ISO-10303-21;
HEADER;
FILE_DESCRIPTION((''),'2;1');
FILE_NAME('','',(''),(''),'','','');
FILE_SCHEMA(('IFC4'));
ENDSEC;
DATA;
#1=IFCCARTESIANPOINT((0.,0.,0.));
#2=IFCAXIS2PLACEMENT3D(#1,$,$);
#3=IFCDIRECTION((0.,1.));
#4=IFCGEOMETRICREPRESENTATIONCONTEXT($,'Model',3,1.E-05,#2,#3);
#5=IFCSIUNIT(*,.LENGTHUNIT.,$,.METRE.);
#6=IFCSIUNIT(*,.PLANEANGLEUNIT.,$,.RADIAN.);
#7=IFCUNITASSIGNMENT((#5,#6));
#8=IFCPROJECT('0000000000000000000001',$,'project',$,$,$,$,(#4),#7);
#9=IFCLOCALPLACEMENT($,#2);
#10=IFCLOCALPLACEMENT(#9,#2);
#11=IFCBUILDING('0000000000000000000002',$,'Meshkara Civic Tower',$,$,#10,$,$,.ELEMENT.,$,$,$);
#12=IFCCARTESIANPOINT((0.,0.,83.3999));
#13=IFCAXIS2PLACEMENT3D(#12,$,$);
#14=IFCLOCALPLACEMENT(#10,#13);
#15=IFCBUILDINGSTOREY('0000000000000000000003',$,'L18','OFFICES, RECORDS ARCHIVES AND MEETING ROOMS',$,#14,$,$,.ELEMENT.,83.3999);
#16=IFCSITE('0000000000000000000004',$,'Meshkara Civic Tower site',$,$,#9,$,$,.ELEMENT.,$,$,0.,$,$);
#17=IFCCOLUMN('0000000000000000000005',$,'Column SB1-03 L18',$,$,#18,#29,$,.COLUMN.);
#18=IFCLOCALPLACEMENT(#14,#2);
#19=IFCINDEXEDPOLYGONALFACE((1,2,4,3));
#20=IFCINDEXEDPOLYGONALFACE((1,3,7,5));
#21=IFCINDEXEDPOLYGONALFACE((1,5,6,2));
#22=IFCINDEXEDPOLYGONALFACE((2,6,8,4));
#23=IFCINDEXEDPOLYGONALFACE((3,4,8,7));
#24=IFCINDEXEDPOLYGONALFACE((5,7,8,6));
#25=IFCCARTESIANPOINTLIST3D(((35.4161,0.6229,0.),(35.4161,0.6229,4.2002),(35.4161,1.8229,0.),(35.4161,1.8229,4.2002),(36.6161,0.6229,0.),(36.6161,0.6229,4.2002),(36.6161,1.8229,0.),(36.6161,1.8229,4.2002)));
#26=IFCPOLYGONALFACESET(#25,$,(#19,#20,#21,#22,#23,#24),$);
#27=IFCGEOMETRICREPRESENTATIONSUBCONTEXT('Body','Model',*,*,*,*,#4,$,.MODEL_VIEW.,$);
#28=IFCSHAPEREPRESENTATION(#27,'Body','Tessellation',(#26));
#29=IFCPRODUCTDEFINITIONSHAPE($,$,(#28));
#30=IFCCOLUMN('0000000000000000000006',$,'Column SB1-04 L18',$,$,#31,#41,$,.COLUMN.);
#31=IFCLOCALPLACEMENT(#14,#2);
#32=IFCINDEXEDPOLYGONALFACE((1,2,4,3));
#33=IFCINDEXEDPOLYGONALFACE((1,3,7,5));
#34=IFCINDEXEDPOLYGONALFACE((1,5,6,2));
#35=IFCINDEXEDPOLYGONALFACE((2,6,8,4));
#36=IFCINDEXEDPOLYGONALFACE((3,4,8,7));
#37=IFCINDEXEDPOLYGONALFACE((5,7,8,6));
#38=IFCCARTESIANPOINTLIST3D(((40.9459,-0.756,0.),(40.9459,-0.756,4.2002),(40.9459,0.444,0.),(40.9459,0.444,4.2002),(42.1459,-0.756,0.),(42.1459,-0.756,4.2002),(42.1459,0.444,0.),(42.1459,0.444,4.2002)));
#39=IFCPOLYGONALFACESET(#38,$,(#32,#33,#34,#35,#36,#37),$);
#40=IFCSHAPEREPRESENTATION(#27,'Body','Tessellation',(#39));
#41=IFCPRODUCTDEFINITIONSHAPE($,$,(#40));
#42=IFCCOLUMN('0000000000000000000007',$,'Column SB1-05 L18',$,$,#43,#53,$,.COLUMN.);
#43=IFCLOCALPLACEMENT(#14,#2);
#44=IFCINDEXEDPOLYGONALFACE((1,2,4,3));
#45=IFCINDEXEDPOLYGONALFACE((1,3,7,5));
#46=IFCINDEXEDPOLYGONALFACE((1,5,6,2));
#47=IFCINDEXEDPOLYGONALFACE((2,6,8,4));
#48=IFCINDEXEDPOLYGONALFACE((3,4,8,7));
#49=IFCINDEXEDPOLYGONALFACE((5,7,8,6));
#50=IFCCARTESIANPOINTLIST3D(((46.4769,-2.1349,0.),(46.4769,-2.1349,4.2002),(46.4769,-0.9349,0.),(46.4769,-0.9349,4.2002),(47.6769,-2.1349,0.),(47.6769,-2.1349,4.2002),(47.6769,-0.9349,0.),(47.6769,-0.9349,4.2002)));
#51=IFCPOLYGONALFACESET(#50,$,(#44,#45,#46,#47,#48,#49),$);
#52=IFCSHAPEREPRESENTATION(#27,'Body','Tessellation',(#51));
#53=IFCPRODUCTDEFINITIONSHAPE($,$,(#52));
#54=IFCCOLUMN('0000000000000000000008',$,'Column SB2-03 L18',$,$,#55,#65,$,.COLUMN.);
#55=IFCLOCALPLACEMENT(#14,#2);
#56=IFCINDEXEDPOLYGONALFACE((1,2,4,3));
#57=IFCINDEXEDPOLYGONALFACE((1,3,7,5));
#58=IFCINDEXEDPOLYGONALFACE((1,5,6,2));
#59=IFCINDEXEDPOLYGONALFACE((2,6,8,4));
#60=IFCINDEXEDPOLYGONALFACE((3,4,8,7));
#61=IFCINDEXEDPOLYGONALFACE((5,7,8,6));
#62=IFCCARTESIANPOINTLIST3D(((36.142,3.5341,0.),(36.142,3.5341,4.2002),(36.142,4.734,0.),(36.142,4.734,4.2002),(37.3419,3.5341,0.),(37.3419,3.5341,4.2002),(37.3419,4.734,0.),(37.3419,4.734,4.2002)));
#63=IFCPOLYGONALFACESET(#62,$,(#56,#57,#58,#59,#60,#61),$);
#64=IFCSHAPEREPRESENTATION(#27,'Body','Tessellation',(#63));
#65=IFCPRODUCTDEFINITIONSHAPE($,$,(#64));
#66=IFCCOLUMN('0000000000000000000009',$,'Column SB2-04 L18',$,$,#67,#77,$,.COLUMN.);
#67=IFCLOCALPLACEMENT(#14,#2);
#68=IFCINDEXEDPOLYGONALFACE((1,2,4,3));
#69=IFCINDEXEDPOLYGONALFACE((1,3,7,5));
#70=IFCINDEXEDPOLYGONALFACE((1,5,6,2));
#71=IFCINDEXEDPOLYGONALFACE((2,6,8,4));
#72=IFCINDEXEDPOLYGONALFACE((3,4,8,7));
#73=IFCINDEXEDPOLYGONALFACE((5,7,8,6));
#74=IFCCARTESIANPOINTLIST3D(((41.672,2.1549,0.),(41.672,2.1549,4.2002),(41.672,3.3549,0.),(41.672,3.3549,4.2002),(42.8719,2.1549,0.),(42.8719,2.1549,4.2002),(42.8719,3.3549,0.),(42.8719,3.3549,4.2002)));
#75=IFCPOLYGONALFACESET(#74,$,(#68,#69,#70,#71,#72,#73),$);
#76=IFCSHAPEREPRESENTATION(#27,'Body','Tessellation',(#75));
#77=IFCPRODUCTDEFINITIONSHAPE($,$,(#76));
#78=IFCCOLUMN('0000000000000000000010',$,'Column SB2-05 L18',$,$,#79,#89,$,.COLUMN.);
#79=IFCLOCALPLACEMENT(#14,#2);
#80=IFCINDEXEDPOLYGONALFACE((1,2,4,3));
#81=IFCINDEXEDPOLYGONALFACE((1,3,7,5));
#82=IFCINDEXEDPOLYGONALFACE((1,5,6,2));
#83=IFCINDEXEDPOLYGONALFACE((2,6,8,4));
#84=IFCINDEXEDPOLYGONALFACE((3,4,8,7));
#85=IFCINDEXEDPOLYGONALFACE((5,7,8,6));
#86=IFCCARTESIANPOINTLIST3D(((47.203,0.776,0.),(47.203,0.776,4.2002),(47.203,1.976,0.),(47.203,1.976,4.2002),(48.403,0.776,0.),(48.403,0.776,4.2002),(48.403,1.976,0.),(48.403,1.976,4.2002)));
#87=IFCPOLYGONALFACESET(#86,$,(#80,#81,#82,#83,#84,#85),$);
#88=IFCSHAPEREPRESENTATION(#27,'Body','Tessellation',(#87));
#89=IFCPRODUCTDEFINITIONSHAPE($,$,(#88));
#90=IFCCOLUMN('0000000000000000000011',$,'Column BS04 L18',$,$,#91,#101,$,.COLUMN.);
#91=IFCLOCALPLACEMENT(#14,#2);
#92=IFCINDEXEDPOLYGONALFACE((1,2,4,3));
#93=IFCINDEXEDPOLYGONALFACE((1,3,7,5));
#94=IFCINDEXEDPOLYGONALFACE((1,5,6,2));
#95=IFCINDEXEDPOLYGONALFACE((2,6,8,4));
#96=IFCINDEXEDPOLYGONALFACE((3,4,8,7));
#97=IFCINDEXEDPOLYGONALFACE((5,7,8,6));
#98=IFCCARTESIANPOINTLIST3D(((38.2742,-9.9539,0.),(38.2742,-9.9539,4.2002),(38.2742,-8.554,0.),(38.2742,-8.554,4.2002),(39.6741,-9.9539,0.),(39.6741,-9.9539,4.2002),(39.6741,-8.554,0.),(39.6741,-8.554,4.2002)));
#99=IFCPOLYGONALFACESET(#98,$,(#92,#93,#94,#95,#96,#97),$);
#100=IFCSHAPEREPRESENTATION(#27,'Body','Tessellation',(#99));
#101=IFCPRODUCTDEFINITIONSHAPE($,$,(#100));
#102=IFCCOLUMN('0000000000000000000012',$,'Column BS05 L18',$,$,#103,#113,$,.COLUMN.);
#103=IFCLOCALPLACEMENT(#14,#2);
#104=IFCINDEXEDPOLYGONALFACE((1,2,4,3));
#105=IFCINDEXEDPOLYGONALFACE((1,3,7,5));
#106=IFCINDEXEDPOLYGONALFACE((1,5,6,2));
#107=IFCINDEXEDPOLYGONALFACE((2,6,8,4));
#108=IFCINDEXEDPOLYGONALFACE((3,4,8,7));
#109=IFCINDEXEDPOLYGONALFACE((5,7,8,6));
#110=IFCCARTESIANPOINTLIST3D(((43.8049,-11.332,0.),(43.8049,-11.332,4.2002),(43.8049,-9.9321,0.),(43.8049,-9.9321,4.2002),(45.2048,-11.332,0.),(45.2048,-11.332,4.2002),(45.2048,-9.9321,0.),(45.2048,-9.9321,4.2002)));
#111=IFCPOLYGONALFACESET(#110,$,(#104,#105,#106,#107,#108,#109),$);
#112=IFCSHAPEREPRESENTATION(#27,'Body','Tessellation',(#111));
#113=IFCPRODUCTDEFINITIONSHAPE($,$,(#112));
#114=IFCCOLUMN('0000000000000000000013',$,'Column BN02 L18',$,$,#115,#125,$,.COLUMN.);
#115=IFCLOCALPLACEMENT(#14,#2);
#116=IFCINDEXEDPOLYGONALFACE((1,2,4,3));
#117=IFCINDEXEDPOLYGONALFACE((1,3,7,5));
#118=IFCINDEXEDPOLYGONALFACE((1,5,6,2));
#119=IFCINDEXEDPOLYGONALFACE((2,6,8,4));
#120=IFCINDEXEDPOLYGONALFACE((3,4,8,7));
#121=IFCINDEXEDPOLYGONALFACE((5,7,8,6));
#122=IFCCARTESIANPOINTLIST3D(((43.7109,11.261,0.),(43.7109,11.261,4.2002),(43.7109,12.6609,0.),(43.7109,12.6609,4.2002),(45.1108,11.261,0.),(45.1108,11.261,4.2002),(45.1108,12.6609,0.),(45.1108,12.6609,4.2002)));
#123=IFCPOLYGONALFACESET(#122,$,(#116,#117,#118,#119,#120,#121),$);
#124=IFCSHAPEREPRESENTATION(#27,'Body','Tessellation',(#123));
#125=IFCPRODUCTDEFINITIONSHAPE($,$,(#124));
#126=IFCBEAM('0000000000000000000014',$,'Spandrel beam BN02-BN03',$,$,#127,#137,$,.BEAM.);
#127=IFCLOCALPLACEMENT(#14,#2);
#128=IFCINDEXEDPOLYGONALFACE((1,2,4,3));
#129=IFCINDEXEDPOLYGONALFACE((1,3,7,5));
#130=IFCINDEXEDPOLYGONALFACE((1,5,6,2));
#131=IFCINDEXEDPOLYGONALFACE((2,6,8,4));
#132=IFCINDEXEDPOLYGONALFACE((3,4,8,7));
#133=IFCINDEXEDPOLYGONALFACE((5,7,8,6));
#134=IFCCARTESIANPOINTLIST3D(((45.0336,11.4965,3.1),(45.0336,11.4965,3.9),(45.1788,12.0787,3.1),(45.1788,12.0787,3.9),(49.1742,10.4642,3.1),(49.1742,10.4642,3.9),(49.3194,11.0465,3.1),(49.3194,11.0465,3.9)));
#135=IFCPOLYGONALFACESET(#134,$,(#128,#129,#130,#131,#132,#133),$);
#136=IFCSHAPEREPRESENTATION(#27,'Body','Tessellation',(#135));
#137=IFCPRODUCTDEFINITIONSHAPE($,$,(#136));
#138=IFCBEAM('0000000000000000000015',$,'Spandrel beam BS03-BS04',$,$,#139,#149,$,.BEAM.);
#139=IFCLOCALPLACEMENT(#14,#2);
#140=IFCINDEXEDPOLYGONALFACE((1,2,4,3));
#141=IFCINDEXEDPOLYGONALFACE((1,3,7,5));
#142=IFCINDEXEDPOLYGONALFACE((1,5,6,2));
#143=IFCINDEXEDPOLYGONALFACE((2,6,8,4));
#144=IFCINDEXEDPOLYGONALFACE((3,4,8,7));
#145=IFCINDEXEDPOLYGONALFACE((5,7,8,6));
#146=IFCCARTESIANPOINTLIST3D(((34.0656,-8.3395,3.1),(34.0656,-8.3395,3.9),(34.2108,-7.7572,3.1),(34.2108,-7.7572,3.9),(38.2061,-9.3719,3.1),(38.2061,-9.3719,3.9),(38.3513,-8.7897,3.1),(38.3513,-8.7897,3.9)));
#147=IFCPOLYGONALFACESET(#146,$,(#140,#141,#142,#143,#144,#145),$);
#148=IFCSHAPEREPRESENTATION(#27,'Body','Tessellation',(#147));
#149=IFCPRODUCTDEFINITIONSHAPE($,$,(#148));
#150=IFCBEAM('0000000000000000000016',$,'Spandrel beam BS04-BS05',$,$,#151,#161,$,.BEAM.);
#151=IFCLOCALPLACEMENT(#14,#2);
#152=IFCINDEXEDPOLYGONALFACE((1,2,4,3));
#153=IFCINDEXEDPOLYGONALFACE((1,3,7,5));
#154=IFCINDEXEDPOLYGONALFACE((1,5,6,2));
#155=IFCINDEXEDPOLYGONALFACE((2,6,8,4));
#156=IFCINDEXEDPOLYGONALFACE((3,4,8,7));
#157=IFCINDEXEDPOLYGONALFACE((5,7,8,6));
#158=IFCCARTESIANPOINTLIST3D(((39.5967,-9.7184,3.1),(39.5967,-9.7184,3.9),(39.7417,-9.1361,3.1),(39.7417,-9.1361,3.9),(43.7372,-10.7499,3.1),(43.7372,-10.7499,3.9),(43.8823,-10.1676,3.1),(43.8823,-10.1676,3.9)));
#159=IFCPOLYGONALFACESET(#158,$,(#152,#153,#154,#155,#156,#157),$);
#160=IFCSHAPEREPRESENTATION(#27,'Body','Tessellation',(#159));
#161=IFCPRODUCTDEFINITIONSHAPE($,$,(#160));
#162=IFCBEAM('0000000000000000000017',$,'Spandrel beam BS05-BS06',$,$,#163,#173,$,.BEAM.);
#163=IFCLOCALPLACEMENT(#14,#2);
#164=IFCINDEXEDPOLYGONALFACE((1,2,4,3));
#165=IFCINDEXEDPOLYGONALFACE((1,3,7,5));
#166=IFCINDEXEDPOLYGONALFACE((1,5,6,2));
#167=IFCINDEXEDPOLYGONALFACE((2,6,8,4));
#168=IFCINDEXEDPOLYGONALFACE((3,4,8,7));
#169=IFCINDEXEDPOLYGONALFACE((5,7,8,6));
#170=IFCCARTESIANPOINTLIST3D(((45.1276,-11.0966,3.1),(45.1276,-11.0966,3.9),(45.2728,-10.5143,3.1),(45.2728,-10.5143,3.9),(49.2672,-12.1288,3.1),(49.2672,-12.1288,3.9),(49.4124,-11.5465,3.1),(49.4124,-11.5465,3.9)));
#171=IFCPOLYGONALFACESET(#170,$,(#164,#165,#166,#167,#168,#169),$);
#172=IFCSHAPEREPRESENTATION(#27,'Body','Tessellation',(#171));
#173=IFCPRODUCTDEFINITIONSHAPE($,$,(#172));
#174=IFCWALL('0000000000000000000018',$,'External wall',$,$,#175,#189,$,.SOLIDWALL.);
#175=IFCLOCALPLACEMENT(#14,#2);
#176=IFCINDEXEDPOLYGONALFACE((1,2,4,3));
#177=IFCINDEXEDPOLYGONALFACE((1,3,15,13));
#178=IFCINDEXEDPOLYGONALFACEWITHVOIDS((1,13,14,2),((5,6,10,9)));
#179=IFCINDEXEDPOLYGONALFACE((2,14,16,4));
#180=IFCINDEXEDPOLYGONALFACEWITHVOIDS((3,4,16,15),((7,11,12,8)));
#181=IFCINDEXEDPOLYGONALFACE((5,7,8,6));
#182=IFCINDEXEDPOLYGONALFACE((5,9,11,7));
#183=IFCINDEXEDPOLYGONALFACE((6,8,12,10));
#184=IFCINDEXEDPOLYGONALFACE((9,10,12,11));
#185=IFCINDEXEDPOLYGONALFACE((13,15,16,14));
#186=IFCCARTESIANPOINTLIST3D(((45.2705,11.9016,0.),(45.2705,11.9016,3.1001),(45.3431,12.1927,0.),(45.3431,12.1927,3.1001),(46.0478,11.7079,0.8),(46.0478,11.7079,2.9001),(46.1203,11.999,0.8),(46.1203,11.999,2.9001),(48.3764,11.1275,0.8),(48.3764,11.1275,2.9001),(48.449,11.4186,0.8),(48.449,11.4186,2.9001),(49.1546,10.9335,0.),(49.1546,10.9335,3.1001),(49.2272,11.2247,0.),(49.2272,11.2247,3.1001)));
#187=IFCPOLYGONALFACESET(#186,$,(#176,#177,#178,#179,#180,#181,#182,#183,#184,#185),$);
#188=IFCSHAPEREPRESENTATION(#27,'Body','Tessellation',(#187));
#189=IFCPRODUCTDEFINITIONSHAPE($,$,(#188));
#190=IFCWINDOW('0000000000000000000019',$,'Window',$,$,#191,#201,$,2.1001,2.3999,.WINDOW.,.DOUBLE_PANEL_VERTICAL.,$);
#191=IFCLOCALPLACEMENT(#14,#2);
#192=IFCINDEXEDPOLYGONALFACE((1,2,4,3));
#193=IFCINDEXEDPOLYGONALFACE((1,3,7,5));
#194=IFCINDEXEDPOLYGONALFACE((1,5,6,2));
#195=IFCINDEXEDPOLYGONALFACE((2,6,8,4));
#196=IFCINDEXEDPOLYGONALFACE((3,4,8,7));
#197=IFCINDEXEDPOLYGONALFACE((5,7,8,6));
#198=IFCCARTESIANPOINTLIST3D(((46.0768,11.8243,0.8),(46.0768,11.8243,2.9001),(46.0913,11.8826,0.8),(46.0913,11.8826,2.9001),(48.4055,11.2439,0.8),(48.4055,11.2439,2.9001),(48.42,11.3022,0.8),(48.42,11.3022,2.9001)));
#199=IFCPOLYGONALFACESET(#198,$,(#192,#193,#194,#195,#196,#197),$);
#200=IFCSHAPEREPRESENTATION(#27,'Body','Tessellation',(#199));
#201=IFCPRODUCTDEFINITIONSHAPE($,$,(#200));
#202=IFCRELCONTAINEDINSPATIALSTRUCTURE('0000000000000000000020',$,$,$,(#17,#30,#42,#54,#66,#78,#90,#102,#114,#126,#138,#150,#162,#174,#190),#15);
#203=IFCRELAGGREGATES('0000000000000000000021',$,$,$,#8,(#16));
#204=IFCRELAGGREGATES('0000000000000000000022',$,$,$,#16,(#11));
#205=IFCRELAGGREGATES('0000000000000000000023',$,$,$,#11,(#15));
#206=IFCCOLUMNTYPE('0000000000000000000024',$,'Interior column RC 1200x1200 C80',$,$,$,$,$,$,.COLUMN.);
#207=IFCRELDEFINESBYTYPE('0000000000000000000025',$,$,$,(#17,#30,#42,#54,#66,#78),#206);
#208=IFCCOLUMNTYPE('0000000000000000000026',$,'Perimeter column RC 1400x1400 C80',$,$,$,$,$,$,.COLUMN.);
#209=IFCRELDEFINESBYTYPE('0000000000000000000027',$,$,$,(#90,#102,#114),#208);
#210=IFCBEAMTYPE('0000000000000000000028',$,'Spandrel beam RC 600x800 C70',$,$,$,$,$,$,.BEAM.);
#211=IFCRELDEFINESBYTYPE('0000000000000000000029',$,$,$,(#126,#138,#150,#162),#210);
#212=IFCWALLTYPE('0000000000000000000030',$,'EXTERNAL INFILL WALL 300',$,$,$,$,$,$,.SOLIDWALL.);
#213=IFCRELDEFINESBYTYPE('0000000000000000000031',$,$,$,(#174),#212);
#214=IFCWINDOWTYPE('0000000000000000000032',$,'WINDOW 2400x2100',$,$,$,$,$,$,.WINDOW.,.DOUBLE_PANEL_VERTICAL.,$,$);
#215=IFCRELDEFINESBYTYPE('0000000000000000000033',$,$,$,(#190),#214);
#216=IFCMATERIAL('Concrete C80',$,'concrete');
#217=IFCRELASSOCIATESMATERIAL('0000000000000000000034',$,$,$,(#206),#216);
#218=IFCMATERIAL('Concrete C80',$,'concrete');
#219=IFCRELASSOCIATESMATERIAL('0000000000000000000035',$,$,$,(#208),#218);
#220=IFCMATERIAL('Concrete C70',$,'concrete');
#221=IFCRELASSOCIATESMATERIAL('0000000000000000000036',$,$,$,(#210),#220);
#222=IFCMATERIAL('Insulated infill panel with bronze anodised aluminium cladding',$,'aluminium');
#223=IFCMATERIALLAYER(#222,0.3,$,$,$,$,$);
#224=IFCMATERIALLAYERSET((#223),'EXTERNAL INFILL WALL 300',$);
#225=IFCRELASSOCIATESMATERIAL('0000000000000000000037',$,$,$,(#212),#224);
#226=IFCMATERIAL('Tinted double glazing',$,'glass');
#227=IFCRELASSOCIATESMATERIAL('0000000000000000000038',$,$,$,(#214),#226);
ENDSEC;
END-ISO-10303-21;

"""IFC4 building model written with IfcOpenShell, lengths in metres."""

from ifc_helpers import new_model, si_unit, direction, frame, frame_2d, origin, origin_2d, place, context, subcontext, project, spatial, rectangle, extrude, material, layer, layer_set, material_profile, profile_set, type_object, element, fill, save


model = new_model("IFC4")

# Units and contexts
model_context = context("Model", 3, precision=1e-05, world=origin(), true_north=direction((0.0, 1.0)))
body_context = subcontext(model_context, "Body", "Model", "MODEL_VIEW")
ifc_project = project(units=[si_unit("LENGTHUNIT", "METRE"), si_unit("PLANEANGLEUNIT", "RADIAN")], contexts=[model_context])

# Site, building, storey
site_placement = place(None, origin())
site = spatial("IfcSite", under=ifc_project, at=site_placement, Name="Meshkara Civic Tower site", CompositionType="ELEMENT", RefElevation=0.0)
building_placement = place(site_placement, origin())
building = spatial("IfcBuilding", under=site, at=building_placement, Name="Meshkara Civic Tower", CompositionType="ELEMENT")
storey_placement = place(building_placement, frame((0.0, 0.0, 83.3999)))
storey = spatial("IfcBuildingStorey", under=building, at=storey_placement, Name="L18", Description="OFFICES, RECORDS ARCHIVES AND MEETING ROOMS", CompositionType="ELEMENT", Elevation=83.3999)

# Columns
ifc_material_1 = material(Name="Concrete C80", Category="concrete")
ifc_material_profile_1 = material_profile(ifc_material_1, rectangle(XDim=1.2, YDim=1.2, at=origin_2d()))
ifc_profile_set_1 = profile_set([ifc_material_profile_1], Name="Concrete C80")
column_type_1 = type_object("IfcColumnType", Name="Interior column RC 1200x1200 C80", PredefinedType="COLUMN", material=ifc_profile_set_1)
for number, where, z_axis, x_axis, name in (
    (1, (36.0161, 1.2229, 0.0), (0.0, 0.0, 1.0), (1.0, 0.0, 0.0), "Column SB1-03 L18"),
    (2, (41.5459, -0.156, 0.0), (0.0, 0.0, 1.0), (1.0, 0.0, 0.0), "Column SB1-04 L18"),
    (3, (47.0769, -1.5349, 0.0), (0.0, 0.0, 1.0), (1.0, 0.0, 0.0), "Column SB1-05 L18"),
    (4, (36.7419, 4.134, 0.0), (0.0, 0.0, 1.0), (1.0, 0.0, 0.0), "Column SB2-03 L18"),
    (5, (42.272, 2.7549, 0.0), (0.0, 0.0, 1.0), (1.0, 0.0, 0.0), "Column SB2-04 L18"),
    (6, (47.803, 1.376, 0.0), (0.0, 0.0, 1.0), (1.0, 0.0, 0.0), "Column SB2-05 L18"),
):
    element("IfcColumn", number, at=place(storey_placement, frame(where, z_axis=z_axis, x_axis=x_axis)), inside=storey, type_object=column_type_1, Name=name, PredefinedType="COLUMN", context=body_context, shape_type="SweptSolid", body=[
        extrude(rectangle(XDim=1.2, YDim=1.2, at=origin_2d()), origin(), (0.0, 0.0, 1.0), 4.2002),
    ])
ifc_material_2 = material(Name="Concrete C80", Category="concrete")
ifc_material_profile_2 = material_profile(ifc_material_2, rectangle(XDim=1.3999, YDim=1.3999, at=origin_2d()))
ifc_profile_set_2 = profile_set([ifc_material_profile_2], Name="Concrete C80")
column_type_2 = type_object("IfcColumnType", Name="Perimeter column RC 1400x1400 C80", PredefinedType="COLUMN", material=ifc_profile_set_2)
for number, where, z_axis, x_axis, name in (
    (7, (38.9741, -9.2539, 0.0), (0.0, 0.0, 1.0), (1.0, 0.0, 0.0), "Column BS04 L18"),
    (8, (44.5049, -10.6321, 0.0), (0.0, 0.0, 1.0), (1.0, 0.0, 0.0), "Column BS05 L18"),
    (9, (44.4109, 11.9609, 0.0), (0.0, 0.0, 1.0), (1.0, 0.0, 0.0), "Column BN02 L18"),
):
    element("IfcColumn", number, at=place(storey_placement, frame(where, z_axis=z_axis, x_axis=x_axis)), inside=storey, type_object=column_type_2, Name=name, PredefinedType="COLUMN", context=body_context, shape_type="SweptSolid", body=[
        extrude(rectangle(XDim=1.3999, YDim=1.3999, at=origin_2d()), origin(), (0.0, 0.0, 1.0), 4.2002),
    ])

# Beams
ifc_material_3 = material(Name="Concrete C70", Category="concrete")
ifc_material_profile_3 = material_profile(ifc_material_3, rectangle(XDim=0.6001, YDim=0.8, at=origin_2d()))
ifc_profile_set_3 = profile_set([ifc_material_profile_3], Name="Concrete C70")
beam_type = type_object("IfcBeamType", Name="Spandrel beam RC 600x800 C70", PredefinedType="BEAM", material=ifc_profile_set_3)
for number, where, z_axis, x_axis, name in (
    (10, (49.2468, 10.7554, 3.5), (-0.970304, 0.241889, 0.0), (-0.241889, -0.970304, 0.0), "Spandrel beam BN02-BN03"),
    (11, (34.1382, -8.0483, 3.5), (0.97029, -0.241943, 0.0), (0.241943, 0.97029, 0.0), "Spandrel beam BS03-BS04"),
):
    element("IfcBeam", number, at=place(storey_placement, frame(where, z_axis=z_axis, x_axis=x_axis)), inside=storey, type_object=beam_type, Name=name, PredefinedType="BEAM", context=body_context, shape_type="SweptSolid", body=[
        extrude(rectangle(XDim=0.6001, YDim=0.8, at=origin_2d()), origin(), (0.0, 0.0, 1.0), 4.2673),
    ])
beam_1_placement = place(storey_placement, frame((39.6692, -9.4272, 3.5), z_axis=(0.970344, -0.241728, 0.0), x_axis=(0.241728, 0.970344, 0.0)))
element("IfcBeam", 12, at=beam_1_placement, inside=storey, type_object=beam_type, Name="Spandrel beam BS04-BS05", PredefinedType="BEAM", context=body_context, shape_type="SweptSolid", body=[
    extrude(rectangle(XDim=0.6001, YDim=0.8, at=origin_2d()), origin(), (0.0, 0.0, 1.0), 4.2671),
])
beam_2_placement = place(storey_placement, frame((45.2002, -10.8054, 3.5), z_axis=(0.97029, -0.241943, 0.0), x_axis=(0.241943, 0.97029, 0.0)))
element("IfcBeam", 13, at=beam_2_placement, inside=storey, type_object=beam_type, Name="Spandrel beam BS05-BS06", PredefinedType="BEAM", context=body_context, shape_type="SweptSolid", body=[
    extrude(rectangle(XDim=0.6001, YDim=0.8, at=origin_2d()), origin(), (0.0, 0.0, 1.0), 4.2664),
])

# Wall, opening, window
ifc_material_4 = material(Name="Insulated infill panel with bronze anodised aluminium cladding", Category="aluminium")
ifc_layer_1 = layer(ifc_material_4, 0.3)
ifc_layer_set_1 = layer_set([ifc_layer_1], Name="EXTERNAL INFILL WALL 300")
wall_type_1 = type_object("IfcWallType", Name="EXTERNAL INFILL WALL 300", PredefinedType="SOLIDWALL", material=ifc_layer_set_1)
wall_1_placement = place(storey_placement, frame((49.1909, 11.0791, 0.0), z_axis=(0.0, 0.0, 1.0), x_axis=(-0.970318, 0.241832, 0.0)))
wall_1 = element("IfcWall", 14, at=wall_1_placement, inside=storey, type_object=wall_type_1, Name="External wall", PredefinedType="SOLIDWALL", context=body_context, shape_type="SweptSolid", body=[
    extrude(rectangle(XDim=4.0029, YDim=0.3, at=frame_2d((2.0015, 0.0))), origin(), (0.0, 0.0, 1.0), 3.1001),
])
opening_1_placement = place(wall_1_placement, frame((0.802, 0.0, 0.8)))
opening_1 = element("IfcOpeningElement", 15, at=opening_1_placement, cuts=wall_1, PredefinedType="OPENING", context=body_context, shape_type="SweptSolid", body=[
    extrude(rectangle(XDim=2.3999, YDim=2.1001, at=frame_2d((1.2, 1.05))), frame((0.0, 0.1599, 0.0), z_axis=(0.0, -1.0, 0.0), x_axis=(1.0, 0.0, 0.0)), (0.0, 0.0, 1.0), 0.3201),
])
ifc_material_5 = material(Name="Tinted double glazing", Category="glass")
window_type = type_object("IfcWindowType", Name="WINDOW 2400x2100", PartitioningType="DOUBLE_PANEL_VERTICAL", PredefinedType="WINDOW", material=ifc_material_5)
window_1_placement = place(opening_1_placement, origin())
window_1 = element("IfcWindow", 16, at=window_1_placement, inside=storey, type_object=window_type, Name="Window", OverallHeight=2.1001, OverallWidth=2.3999, PartitioningType="DOUBLE_PANEL_VERTICAL", PredefinedType="WINDOW", context=body_context, shape_type="SweptSolid", body=[
    extrude(rectangle(XDim=2.3999, YDim=2.1001, at=frame_2d((1.2, 1.05))), frame((0.0, 0.03, 0.0), z_axis=(0.0, -1.0, 0.0), x_axis=(1.0, 0.0, 0.0)), (0.0, 0.0, 1.0), 0.0601),
])
fill(opening_1, window_1)

save(model, "model.ifc")
